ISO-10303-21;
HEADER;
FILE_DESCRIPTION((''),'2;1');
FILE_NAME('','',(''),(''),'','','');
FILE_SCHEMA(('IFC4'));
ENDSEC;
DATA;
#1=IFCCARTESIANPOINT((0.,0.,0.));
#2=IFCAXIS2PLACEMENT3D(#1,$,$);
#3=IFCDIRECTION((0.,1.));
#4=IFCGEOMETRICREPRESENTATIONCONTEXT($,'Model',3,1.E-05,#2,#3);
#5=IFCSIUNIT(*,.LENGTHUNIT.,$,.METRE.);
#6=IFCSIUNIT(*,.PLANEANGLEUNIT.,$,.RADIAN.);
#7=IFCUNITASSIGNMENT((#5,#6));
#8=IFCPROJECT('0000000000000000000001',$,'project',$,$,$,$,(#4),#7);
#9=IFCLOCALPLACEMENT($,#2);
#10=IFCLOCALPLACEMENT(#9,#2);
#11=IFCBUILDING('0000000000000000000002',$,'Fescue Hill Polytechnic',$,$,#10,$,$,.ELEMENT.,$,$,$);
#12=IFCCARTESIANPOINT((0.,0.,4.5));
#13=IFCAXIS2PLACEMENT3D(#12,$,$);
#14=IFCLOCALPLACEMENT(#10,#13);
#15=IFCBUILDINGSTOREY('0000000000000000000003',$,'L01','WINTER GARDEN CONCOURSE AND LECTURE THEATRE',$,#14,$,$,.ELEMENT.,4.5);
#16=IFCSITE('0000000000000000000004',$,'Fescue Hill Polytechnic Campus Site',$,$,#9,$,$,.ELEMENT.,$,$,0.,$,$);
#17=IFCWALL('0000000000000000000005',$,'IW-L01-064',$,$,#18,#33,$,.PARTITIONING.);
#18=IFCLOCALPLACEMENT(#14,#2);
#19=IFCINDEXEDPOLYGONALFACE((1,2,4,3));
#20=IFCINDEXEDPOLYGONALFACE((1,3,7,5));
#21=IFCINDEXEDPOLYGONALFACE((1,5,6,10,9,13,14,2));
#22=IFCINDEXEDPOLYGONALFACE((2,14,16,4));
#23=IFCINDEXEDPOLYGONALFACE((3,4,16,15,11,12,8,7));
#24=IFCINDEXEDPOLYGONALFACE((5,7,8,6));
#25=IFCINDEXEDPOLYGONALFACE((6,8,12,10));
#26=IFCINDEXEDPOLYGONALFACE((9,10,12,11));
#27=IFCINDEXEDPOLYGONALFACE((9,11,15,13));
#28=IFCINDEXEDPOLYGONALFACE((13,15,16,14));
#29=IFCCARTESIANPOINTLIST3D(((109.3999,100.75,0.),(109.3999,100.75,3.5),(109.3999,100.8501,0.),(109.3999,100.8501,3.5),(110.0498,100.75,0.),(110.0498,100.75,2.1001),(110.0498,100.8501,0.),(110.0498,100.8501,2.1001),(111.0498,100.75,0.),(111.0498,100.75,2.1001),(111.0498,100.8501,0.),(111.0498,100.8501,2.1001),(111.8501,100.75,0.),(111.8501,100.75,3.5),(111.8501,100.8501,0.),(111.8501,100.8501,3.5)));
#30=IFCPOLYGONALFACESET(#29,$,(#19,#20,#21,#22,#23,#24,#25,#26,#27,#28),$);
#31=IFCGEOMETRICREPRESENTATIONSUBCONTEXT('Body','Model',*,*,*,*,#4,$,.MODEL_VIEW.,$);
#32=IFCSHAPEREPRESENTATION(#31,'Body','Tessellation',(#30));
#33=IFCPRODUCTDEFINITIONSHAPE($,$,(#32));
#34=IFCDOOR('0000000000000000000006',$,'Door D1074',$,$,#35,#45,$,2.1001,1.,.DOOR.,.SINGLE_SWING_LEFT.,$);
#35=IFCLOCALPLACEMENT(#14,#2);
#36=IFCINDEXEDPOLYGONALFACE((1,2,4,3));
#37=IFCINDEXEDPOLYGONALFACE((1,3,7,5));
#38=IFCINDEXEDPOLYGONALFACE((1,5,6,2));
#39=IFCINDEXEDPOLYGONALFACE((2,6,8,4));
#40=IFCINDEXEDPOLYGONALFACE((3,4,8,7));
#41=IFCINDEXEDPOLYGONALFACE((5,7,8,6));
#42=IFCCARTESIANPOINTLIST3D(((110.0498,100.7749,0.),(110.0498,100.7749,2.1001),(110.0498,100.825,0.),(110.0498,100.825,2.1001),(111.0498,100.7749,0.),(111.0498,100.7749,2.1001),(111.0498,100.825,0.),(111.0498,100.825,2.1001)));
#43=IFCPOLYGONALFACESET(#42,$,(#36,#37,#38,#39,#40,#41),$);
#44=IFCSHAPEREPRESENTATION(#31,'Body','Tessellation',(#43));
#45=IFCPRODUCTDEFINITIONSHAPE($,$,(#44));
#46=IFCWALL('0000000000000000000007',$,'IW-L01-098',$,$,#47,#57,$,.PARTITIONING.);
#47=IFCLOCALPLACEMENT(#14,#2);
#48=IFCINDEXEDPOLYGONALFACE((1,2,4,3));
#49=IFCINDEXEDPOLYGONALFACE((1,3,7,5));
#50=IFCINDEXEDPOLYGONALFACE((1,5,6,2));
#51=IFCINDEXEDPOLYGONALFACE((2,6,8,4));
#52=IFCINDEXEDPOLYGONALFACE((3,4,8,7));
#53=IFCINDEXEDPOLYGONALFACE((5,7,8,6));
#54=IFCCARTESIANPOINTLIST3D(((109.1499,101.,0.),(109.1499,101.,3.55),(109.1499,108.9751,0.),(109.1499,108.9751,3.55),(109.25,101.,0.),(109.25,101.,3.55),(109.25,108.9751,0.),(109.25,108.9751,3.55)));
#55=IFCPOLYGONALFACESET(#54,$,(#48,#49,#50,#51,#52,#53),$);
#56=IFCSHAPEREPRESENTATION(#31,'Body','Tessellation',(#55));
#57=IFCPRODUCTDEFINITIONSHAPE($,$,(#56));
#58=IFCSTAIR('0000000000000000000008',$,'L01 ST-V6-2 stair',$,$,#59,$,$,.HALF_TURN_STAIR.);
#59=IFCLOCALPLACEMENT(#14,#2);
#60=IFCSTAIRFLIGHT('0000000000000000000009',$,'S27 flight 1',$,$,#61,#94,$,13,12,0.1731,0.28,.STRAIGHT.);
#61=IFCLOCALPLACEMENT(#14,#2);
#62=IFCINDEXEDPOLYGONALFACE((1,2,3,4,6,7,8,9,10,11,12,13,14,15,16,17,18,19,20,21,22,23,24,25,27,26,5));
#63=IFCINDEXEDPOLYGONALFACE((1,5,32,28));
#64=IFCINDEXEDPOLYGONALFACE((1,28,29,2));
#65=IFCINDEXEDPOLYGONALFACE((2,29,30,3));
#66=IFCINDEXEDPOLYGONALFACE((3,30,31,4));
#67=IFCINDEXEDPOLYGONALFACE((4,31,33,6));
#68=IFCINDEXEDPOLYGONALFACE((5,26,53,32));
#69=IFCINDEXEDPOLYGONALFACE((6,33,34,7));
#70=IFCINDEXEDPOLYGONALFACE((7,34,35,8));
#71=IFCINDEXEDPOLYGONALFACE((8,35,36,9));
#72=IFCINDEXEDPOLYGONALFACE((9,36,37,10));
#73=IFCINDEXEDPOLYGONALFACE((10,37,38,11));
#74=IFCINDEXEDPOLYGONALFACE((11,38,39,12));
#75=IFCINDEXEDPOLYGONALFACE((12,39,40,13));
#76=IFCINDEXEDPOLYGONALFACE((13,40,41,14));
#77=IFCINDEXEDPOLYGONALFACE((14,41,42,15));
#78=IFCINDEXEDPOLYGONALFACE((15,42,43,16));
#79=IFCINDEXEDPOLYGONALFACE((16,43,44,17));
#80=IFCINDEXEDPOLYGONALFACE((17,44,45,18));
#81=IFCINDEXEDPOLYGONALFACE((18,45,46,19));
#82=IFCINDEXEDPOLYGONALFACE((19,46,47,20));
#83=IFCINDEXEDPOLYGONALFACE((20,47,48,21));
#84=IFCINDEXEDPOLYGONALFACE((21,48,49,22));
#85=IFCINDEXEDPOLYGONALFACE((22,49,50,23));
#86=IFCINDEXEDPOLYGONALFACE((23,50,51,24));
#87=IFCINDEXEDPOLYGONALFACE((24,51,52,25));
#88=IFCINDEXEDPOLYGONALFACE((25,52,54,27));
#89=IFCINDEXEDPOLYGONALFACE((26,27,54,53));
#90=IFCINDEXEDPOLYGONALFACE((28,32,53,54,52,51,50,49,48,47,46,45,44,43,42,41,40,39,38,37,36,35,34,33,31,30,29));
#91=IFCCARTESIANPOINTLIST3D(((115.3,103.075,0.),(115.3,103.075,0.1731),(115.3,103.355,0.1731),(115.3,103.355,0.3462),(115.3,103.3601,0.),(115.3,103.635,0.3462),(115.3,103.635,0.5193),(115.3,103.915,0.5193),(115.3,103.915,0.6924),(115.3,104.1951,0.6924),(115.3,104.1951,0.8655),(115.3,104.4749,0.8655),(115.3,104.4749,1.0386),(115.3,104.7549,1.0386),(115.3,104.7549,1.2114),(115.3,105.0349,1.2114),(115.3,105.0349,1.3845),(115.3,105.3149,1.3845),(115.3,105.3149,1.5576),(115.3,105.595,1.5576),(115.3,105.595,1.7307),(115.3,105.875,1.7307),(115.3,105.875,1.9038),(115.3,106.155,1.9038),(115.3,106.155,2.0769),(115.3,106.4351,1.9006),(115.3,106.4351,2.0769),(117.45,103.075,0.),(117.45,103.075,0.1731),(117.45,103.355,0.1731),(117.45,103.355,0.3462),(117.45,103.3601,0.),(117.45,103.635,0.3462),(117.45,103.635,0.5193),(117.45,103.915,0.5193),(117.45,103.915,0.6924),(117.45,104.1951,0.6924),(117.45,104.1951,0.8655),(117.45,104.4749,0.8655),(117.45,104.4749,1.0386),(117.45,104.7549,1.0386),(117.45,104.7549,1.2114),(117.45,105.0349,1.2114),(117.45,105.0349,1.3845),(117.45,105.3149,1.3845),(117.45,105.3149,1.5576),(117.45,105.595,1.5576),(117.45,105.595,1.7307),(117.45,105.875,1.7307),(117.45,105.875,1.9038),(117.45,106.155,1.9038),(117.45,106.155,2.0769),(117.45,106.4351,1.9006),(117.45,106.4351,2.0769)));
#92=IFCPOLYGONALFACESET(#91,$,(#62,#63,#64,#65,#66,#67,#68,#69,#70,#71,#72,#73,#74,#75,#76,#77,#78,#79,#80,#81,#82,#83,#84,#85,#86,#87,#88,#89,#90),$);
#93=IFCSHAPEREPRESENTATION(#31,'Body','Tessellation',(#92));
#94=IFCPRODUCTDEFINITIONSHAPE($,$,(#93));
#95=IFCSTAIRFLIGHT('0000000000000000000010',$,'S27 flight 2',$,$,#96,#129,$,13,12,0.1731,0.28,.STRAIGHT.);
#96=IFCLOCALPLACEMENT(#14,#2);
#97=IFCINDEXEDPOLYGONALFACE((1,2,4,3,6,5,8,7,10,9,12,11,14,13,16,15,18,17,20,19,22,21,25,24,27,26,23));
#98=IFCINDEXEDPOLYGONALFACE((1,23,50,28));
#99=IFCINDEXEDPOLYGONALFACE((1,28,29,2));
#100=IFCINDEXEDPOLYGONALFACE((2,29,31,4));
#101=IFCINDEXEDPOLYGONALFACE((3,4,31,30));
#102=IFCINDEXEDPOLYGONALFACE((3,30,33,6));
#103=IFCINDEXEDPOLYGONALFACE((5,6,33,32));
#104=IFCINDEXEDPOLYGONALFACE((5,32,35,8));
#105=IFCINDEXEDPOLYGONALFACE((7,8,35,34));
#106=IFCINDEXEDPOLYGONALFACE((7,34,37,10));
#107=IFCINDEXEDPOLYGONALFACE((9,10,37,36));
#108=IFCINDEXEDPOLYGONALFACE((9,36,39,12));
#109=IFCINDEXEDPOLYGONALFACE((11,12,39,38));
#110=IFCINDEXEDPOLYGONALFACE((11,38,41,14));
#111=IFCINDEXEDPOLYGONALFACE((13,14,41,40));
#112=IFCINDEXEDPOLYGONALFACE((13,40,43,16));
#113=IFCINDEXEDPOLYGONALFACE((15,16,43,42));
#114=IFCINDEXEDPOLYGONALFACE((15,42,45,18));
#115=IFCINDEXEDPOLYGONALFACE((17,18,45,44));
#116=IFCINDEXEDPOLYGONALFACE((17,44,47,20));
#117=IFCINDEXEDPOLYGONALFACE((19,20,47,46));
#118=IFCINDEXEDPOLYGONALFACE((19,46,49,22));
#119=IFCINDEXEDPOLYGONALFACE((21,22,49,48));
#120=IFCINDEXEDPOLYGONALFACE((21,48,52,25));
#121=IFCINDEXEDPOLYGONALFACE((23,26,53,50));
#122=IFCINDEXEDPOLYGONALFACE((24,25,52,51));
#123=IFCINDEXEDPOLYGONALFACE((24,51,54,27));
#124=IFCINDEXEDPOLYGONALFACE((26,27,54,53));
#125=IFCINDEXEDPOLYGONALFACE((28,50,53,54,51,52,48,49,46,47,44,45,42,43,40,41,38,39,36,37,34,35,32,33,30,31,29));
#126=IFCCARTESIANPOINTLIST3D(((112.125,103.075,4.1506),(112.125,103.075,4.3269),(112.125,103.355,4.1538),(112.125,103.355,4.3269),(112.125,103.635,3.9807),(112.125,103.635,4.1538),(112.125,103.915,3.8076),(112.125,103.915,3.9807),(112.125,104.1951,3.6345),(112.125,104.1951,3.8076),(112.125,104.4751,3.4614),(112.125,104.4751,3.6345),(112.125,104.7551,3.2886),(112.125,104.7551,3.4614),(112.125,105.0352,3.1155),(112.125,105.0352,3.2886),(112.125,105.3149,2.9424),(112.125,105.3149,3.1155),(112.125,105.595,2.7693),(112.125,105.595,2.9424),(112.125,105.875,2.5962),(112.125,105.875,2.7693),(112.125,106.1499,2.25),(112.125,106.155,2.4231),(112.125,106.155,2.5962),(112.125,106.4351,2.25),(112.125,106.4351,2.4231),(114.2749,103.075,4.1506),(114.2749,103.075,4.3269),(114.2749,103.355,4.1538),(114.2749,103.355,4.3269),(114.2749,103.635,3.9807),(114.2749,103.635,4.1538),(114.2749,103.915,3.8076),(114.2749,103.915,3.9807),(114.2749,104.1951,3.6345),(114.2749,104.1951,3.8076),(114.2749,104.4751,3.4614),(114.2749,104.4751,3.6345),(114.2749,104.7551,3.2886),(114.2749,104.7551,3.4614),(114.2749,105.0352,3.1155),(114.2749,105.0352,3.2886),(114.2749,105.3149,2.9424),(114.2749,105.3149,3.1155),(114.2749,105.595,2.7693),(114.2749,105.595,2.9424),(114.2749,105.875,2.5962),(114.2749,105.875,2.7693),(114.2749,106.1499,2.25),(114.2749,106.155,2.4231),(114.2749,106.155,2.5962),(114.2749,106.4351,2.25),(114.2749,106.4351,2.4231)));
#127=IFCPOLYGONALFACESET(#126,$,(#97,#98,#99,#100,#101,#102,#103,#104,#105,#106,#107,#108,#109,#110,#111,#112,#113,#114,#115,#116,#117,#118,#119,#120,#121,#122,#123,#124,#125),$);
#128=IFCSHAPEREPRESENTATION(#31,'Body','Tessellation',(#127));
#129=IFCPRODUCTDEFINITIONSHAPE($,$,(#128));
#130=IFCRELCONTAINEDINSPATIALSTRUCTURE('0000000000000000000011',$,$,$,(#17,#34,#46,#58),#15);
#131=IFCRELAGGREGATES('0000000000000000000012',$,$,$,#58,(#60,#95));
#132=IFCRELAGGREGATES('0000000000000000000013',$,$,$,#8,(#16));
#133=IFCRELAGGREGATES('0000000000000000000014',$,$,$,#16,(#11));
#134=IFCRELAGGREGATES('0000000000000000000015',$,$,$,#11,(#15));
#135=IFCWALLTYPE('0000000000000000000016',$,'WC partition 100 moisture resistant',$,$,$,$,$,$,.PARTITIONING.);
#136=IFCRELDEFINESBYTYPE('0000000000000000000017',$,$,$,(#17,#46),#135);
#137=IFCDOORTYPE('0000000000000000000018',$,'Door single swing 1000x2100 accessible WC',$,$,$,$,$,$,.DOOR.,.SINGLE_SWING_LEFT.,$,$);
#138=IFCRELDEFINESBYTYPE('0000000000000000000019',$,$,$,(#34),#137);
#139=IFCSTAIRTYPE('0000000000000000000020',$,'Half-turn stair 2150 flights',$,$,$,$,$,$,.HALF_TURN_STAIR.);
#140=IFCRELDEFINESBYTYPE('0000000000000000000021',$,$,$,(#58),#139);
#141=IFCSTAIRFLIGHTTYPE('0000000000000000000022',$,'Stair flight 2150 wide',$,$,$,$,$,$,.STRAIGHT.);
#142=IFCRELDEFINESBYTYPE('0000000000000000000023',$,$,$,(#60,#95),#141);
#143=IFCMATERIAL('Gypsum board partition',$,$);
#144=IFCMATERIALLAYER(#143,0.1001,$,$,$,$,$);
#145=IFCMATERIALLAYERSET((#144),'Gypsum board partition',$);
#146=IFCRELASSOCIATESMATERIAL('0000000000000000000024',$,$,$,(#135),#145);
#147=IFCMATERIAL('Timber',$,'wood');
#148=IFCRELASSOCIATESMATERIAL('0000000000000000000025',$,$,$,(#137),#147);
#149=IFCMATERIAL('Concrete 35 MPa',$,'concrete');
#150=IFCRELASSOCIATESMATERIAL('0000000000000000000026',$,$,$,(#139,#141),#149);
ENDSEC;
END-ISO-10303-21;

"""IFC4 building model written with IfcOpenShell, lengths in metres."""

from ifc_helpers import new_model, si_unit, direction, frame, frame_2d, origin, place, context, subcontext, project, spatial, polyline, rectangle, outline, extrude, material, layer, layer_set, type_object, element, fill, aggregate, save


model = new_model("IFC4")

# Units and contexts
model_context = context("Model", 3, precision=1e-05, world=origin(), true_north=direction((0.0, 1.0)))
body_context = subcontext(model_context, "Body", "Model", "MODEL_VIEW")
ifc_project = project(units=[si_unit("LENGTHUNIT", "METRE"), si_unit("PLANEANGLEUNIT", "RADIAN")], contexts=[model_context])

# Site, building, storey
site_placement = place(None, origin())
site = spatial("IfcSite", under=ifc_project, at=site_placement, Name="Fescue Hill Polytechnic Campus Site", CompositionType="ELEMENT", RefElevation=0.0)
building_placement = place(site_placement, origin())
building = spatial("IfcBuilding", under=site, at=building_placement, Name="Fescue Hill Polytechnic", CompositionType="ELEMENT")
storey_placement = place(building_placement, frame((0.0, 0.0, 4.5)))
storey = spatial("IfcBuildingStorey", under=building, at=storey_placement, Name="L01", Description="WINTER GARDEN CONCOURSE AND LECTURE THEATRE", CompositionType="ELEMENT", Elevation=4.5)

# Shared definitions
ifc_material_1 = material(Name="Concrete 35 MPa", Category="concrete")

# Wall, opening, door
ifc_material_2 = material(Name="Gypsum board partition")
ifc_layer_1 = layer(ifc_material_2, 0.1001)
ifc_layer_set_1 = layer_set([ifc_layer_1], Name="Gypsum board partition")
wall_type_1 = type_object("IfcWallType", Name="WC partition 100 moisture resistant", PredefinedType="PARTITIONING", material=ifc_layer_set_1)
wall_1_placement = place(storey_placement, frame((109.3999, 100.8, 0.0), z_axis=(0.0, 0.0, 1.0), x_axis=(1.0, 0.0, 0.0)))
wall_1 = element("IfcWall", 1, at=wall_1_placement, inside=storey, type_object=wall_type_1, Name="IW-L01-064", PredefinedType="PARTITIONING", context=body_context, shape_type="SweptSolid", body=[
    extrude(rectangle(XDim=2.4502, YDim=0.1001, at=frame_2d((1.2251, 0.0))), origin(), (0.0, 0.0, 1.0), 3.5),
])
opening_1_placement = place(wall_1_placement, frame((0.6499, 0.0, 0.0)))
opening_1 = element("IfcOpeningElement", 2, at=opening_1_placement, cuts=wall_1, PredefinedType="OPENING", context=body_context, shape_type="SweptSolid", body=[
    extrude(rectangle(XDim=1.0, YDim=2.1001, at=frame_2d((0.5, 1.05))), frame((0.0, 0.0601, 0.0), z_axis=(0.0, -1.0, 0.0), x_axis=(1.0, 0.0, 0.0)), (0.0, 0.0, 1.0), 0.1201),
])
ifc_material_3 = material(Name="Timber", Category="wood")
door_type_1 = type_object("IfcDoorType", Name="Door single swing 1000x2100 accessible WC", OperationType="SINGLE_SWING_LEFT", PredefinedType="DOOR", material=ifc_material_3)
door_1_placement = place(opening_1_placement, origin())
door_1 = element("IfcDoor", 3, at=door_1_placement, inside=storey, type_object=door_type_1, Name="Door D1074", OperationType="SINGLE_SWING_LEFT", OverallHeight=2.1001, OverallWidth=1.0, PredefinedType="DOOR", context=body_context, shape_type="SweptSolid", body=[
    extrude(rectangle(XDim=1.0, YDim=2.1001, at=frame_2d((0.5, 1.05))), frame((0.0, 0.0249, 0.0), z_axis=(0.0, -1.0, 0.0), x_axis=(1.0, 0.0, 0.0)), (0.0, 0.0, 1.0), 0.05),
])
fill(opening_1, door_1)

# Wall
wall_2_placement = place(storey_placement, frame((109.2, 101.0, 0.0), z_axis=(0.0, 0.0, 1.0), x_axis=(0.0, 1.0, 0.0)))
element("IfcWall", 4, at=wall_2_placement, inside=storey, type_object=wall_type_1, Name="IW-L01-098", PredefinedType="PARTITIONING", context=body_context, shape_type="SweptSolid", body=[
    extrude(rectangle(XDim=7.9751, YDim=0.1001, at=frame_2d((3.9875, 0.0))), origin(), (0.0, 0.0, 1.0), 3.55),
])

# Stair, stair flights
stair_type = type_object("IfcStairType", Name="Half-turn stair 2150 flights", PredefinedType="HALF_TURN_STAIR", material=ifc_material_1)
stair_placement = place(storey_placement, origin())
stair = element("IfcStair", 5, at=stair_placement, inside=storey, type_object=stair_type, Name="L01 ST-V6-2 stair", PredefinedType="HALF_TURN_STAIR")
stair_flight_type = type_object("IfcStairFlightType", Name="Stair flight 2150 wide", PredefinedType="STRAIGHT", material=ifc_material_1)
stair_flight_1_placement = place(storey_placement, frame((116.375, 103.075, 0.0), z_axis=(0.0, 0.0, 1.0), x_axis=(0.0, 1.0, 0.0)))
stair_flight_1 = element("IfcStairFlight", 6, at=stair_flight_1_placement, type_object=stair_flight_type, Name="S27 flight 1", NumberOfRisers=13, NumberOfTreads=12, PredefinedType="STRAIGHT", RiserHeight=0.1731, TreadLength=0.28, context=body_context, shape_type="SweptSolid", body=[
    extrude(outline(polyline([(0.0, 0.0), (0.0, 0.1731), (0.28, 0.1731), (0.28, 0.3462), (0.5601, 0.3462), (0.5601, 0.5193), (0.8401, 0.5193), (0.8401, 0.6924), (1.1201, 0.6924), (1.1201, 0.8655), (1.3999, 0.8655), (1.3999, 1.0386), (1.6799, 1.0386), (1.6799, 1.2114), (1.96, 1.2114), (1.96, 1.3845), (2.24, 1.3845), (2.24, 1.5576), (2.52, 1.5576), (2.52, 1.7307), (2.8, 1.7307), (2.8, 1.9038), (3.0801, 1.9038), (3.0801, 2.0769), (3.3601, 2.0769), (3.3601, 2.25), (3.3601, 1.9006), (0.2852, 0.0), (0.0, 0.0)])), frame((0.0, 1.075, 0.0), z_axis=(0.0, -1.0, 0.0), x_axis=(1.0, 0.0, 0.0)), (0.0, 0.0, 1.0), 2.1499),
])
stair_flight_2_placement = place(storey_placement, frame((113.2, 106.4351, 2.25), z_axis=(0.0, 0.0, 1.0), x_axis=(0.0, -1.0, 0.0)))
stair_flight_2 = element("IfcStairFlight", 7, at=stair_flight_2_placement, type_object=stair_flight_type, Name="S27 flight 2", NumberOfRisers=13, NumberOfTreads=12, PredefinedType="STRAIGHT", RiserHeight=0.1731, TreadLength=0.28, context=body_context, shape_type="SweptSolid", body=[
    extrude(outline(polyline([(0.0, 0.0), (0.0, 0.1731), (0.28, 0.1731), (0.28, 0.3462), (0.5601, 0.3462), (0.5601, 0.5193), (0.8401, 0.5193), (0.8401, 0.6924), (1.1201, 0.6924), (1.1201, 0.8655), (1.3999, 0.8655), (1.3999, 1.0386), (1.6799, 1.0386), (1.6799, 1.2114), (1.96, 1.2114), (1.96, 1.3845), (2.24, 1.3845), (2.24, 1.5576), (2.52, 1.5576), (2.52, 1.7307), (2.8, 1.7307), (2.8, 1.9038), (3.0801, 1.9038), (3.0801, 2.0769), (3.3601, 2.0769), (3.3601, 2.25), (3.3601, 1.9006), (0.2852, 0.0), (0.0, 0.0)])), frame((0.0, 1.075, 0.0), z_axis=(0.0, -1.0, 0.0), x_axis=(1.0, 0.0, 0.0)), (0.0, 0.0, 1.0), 2.1499),
])
aggregate(stair, [stair_flight_1, stair_flight_2])

save(model, "model.ifc")
